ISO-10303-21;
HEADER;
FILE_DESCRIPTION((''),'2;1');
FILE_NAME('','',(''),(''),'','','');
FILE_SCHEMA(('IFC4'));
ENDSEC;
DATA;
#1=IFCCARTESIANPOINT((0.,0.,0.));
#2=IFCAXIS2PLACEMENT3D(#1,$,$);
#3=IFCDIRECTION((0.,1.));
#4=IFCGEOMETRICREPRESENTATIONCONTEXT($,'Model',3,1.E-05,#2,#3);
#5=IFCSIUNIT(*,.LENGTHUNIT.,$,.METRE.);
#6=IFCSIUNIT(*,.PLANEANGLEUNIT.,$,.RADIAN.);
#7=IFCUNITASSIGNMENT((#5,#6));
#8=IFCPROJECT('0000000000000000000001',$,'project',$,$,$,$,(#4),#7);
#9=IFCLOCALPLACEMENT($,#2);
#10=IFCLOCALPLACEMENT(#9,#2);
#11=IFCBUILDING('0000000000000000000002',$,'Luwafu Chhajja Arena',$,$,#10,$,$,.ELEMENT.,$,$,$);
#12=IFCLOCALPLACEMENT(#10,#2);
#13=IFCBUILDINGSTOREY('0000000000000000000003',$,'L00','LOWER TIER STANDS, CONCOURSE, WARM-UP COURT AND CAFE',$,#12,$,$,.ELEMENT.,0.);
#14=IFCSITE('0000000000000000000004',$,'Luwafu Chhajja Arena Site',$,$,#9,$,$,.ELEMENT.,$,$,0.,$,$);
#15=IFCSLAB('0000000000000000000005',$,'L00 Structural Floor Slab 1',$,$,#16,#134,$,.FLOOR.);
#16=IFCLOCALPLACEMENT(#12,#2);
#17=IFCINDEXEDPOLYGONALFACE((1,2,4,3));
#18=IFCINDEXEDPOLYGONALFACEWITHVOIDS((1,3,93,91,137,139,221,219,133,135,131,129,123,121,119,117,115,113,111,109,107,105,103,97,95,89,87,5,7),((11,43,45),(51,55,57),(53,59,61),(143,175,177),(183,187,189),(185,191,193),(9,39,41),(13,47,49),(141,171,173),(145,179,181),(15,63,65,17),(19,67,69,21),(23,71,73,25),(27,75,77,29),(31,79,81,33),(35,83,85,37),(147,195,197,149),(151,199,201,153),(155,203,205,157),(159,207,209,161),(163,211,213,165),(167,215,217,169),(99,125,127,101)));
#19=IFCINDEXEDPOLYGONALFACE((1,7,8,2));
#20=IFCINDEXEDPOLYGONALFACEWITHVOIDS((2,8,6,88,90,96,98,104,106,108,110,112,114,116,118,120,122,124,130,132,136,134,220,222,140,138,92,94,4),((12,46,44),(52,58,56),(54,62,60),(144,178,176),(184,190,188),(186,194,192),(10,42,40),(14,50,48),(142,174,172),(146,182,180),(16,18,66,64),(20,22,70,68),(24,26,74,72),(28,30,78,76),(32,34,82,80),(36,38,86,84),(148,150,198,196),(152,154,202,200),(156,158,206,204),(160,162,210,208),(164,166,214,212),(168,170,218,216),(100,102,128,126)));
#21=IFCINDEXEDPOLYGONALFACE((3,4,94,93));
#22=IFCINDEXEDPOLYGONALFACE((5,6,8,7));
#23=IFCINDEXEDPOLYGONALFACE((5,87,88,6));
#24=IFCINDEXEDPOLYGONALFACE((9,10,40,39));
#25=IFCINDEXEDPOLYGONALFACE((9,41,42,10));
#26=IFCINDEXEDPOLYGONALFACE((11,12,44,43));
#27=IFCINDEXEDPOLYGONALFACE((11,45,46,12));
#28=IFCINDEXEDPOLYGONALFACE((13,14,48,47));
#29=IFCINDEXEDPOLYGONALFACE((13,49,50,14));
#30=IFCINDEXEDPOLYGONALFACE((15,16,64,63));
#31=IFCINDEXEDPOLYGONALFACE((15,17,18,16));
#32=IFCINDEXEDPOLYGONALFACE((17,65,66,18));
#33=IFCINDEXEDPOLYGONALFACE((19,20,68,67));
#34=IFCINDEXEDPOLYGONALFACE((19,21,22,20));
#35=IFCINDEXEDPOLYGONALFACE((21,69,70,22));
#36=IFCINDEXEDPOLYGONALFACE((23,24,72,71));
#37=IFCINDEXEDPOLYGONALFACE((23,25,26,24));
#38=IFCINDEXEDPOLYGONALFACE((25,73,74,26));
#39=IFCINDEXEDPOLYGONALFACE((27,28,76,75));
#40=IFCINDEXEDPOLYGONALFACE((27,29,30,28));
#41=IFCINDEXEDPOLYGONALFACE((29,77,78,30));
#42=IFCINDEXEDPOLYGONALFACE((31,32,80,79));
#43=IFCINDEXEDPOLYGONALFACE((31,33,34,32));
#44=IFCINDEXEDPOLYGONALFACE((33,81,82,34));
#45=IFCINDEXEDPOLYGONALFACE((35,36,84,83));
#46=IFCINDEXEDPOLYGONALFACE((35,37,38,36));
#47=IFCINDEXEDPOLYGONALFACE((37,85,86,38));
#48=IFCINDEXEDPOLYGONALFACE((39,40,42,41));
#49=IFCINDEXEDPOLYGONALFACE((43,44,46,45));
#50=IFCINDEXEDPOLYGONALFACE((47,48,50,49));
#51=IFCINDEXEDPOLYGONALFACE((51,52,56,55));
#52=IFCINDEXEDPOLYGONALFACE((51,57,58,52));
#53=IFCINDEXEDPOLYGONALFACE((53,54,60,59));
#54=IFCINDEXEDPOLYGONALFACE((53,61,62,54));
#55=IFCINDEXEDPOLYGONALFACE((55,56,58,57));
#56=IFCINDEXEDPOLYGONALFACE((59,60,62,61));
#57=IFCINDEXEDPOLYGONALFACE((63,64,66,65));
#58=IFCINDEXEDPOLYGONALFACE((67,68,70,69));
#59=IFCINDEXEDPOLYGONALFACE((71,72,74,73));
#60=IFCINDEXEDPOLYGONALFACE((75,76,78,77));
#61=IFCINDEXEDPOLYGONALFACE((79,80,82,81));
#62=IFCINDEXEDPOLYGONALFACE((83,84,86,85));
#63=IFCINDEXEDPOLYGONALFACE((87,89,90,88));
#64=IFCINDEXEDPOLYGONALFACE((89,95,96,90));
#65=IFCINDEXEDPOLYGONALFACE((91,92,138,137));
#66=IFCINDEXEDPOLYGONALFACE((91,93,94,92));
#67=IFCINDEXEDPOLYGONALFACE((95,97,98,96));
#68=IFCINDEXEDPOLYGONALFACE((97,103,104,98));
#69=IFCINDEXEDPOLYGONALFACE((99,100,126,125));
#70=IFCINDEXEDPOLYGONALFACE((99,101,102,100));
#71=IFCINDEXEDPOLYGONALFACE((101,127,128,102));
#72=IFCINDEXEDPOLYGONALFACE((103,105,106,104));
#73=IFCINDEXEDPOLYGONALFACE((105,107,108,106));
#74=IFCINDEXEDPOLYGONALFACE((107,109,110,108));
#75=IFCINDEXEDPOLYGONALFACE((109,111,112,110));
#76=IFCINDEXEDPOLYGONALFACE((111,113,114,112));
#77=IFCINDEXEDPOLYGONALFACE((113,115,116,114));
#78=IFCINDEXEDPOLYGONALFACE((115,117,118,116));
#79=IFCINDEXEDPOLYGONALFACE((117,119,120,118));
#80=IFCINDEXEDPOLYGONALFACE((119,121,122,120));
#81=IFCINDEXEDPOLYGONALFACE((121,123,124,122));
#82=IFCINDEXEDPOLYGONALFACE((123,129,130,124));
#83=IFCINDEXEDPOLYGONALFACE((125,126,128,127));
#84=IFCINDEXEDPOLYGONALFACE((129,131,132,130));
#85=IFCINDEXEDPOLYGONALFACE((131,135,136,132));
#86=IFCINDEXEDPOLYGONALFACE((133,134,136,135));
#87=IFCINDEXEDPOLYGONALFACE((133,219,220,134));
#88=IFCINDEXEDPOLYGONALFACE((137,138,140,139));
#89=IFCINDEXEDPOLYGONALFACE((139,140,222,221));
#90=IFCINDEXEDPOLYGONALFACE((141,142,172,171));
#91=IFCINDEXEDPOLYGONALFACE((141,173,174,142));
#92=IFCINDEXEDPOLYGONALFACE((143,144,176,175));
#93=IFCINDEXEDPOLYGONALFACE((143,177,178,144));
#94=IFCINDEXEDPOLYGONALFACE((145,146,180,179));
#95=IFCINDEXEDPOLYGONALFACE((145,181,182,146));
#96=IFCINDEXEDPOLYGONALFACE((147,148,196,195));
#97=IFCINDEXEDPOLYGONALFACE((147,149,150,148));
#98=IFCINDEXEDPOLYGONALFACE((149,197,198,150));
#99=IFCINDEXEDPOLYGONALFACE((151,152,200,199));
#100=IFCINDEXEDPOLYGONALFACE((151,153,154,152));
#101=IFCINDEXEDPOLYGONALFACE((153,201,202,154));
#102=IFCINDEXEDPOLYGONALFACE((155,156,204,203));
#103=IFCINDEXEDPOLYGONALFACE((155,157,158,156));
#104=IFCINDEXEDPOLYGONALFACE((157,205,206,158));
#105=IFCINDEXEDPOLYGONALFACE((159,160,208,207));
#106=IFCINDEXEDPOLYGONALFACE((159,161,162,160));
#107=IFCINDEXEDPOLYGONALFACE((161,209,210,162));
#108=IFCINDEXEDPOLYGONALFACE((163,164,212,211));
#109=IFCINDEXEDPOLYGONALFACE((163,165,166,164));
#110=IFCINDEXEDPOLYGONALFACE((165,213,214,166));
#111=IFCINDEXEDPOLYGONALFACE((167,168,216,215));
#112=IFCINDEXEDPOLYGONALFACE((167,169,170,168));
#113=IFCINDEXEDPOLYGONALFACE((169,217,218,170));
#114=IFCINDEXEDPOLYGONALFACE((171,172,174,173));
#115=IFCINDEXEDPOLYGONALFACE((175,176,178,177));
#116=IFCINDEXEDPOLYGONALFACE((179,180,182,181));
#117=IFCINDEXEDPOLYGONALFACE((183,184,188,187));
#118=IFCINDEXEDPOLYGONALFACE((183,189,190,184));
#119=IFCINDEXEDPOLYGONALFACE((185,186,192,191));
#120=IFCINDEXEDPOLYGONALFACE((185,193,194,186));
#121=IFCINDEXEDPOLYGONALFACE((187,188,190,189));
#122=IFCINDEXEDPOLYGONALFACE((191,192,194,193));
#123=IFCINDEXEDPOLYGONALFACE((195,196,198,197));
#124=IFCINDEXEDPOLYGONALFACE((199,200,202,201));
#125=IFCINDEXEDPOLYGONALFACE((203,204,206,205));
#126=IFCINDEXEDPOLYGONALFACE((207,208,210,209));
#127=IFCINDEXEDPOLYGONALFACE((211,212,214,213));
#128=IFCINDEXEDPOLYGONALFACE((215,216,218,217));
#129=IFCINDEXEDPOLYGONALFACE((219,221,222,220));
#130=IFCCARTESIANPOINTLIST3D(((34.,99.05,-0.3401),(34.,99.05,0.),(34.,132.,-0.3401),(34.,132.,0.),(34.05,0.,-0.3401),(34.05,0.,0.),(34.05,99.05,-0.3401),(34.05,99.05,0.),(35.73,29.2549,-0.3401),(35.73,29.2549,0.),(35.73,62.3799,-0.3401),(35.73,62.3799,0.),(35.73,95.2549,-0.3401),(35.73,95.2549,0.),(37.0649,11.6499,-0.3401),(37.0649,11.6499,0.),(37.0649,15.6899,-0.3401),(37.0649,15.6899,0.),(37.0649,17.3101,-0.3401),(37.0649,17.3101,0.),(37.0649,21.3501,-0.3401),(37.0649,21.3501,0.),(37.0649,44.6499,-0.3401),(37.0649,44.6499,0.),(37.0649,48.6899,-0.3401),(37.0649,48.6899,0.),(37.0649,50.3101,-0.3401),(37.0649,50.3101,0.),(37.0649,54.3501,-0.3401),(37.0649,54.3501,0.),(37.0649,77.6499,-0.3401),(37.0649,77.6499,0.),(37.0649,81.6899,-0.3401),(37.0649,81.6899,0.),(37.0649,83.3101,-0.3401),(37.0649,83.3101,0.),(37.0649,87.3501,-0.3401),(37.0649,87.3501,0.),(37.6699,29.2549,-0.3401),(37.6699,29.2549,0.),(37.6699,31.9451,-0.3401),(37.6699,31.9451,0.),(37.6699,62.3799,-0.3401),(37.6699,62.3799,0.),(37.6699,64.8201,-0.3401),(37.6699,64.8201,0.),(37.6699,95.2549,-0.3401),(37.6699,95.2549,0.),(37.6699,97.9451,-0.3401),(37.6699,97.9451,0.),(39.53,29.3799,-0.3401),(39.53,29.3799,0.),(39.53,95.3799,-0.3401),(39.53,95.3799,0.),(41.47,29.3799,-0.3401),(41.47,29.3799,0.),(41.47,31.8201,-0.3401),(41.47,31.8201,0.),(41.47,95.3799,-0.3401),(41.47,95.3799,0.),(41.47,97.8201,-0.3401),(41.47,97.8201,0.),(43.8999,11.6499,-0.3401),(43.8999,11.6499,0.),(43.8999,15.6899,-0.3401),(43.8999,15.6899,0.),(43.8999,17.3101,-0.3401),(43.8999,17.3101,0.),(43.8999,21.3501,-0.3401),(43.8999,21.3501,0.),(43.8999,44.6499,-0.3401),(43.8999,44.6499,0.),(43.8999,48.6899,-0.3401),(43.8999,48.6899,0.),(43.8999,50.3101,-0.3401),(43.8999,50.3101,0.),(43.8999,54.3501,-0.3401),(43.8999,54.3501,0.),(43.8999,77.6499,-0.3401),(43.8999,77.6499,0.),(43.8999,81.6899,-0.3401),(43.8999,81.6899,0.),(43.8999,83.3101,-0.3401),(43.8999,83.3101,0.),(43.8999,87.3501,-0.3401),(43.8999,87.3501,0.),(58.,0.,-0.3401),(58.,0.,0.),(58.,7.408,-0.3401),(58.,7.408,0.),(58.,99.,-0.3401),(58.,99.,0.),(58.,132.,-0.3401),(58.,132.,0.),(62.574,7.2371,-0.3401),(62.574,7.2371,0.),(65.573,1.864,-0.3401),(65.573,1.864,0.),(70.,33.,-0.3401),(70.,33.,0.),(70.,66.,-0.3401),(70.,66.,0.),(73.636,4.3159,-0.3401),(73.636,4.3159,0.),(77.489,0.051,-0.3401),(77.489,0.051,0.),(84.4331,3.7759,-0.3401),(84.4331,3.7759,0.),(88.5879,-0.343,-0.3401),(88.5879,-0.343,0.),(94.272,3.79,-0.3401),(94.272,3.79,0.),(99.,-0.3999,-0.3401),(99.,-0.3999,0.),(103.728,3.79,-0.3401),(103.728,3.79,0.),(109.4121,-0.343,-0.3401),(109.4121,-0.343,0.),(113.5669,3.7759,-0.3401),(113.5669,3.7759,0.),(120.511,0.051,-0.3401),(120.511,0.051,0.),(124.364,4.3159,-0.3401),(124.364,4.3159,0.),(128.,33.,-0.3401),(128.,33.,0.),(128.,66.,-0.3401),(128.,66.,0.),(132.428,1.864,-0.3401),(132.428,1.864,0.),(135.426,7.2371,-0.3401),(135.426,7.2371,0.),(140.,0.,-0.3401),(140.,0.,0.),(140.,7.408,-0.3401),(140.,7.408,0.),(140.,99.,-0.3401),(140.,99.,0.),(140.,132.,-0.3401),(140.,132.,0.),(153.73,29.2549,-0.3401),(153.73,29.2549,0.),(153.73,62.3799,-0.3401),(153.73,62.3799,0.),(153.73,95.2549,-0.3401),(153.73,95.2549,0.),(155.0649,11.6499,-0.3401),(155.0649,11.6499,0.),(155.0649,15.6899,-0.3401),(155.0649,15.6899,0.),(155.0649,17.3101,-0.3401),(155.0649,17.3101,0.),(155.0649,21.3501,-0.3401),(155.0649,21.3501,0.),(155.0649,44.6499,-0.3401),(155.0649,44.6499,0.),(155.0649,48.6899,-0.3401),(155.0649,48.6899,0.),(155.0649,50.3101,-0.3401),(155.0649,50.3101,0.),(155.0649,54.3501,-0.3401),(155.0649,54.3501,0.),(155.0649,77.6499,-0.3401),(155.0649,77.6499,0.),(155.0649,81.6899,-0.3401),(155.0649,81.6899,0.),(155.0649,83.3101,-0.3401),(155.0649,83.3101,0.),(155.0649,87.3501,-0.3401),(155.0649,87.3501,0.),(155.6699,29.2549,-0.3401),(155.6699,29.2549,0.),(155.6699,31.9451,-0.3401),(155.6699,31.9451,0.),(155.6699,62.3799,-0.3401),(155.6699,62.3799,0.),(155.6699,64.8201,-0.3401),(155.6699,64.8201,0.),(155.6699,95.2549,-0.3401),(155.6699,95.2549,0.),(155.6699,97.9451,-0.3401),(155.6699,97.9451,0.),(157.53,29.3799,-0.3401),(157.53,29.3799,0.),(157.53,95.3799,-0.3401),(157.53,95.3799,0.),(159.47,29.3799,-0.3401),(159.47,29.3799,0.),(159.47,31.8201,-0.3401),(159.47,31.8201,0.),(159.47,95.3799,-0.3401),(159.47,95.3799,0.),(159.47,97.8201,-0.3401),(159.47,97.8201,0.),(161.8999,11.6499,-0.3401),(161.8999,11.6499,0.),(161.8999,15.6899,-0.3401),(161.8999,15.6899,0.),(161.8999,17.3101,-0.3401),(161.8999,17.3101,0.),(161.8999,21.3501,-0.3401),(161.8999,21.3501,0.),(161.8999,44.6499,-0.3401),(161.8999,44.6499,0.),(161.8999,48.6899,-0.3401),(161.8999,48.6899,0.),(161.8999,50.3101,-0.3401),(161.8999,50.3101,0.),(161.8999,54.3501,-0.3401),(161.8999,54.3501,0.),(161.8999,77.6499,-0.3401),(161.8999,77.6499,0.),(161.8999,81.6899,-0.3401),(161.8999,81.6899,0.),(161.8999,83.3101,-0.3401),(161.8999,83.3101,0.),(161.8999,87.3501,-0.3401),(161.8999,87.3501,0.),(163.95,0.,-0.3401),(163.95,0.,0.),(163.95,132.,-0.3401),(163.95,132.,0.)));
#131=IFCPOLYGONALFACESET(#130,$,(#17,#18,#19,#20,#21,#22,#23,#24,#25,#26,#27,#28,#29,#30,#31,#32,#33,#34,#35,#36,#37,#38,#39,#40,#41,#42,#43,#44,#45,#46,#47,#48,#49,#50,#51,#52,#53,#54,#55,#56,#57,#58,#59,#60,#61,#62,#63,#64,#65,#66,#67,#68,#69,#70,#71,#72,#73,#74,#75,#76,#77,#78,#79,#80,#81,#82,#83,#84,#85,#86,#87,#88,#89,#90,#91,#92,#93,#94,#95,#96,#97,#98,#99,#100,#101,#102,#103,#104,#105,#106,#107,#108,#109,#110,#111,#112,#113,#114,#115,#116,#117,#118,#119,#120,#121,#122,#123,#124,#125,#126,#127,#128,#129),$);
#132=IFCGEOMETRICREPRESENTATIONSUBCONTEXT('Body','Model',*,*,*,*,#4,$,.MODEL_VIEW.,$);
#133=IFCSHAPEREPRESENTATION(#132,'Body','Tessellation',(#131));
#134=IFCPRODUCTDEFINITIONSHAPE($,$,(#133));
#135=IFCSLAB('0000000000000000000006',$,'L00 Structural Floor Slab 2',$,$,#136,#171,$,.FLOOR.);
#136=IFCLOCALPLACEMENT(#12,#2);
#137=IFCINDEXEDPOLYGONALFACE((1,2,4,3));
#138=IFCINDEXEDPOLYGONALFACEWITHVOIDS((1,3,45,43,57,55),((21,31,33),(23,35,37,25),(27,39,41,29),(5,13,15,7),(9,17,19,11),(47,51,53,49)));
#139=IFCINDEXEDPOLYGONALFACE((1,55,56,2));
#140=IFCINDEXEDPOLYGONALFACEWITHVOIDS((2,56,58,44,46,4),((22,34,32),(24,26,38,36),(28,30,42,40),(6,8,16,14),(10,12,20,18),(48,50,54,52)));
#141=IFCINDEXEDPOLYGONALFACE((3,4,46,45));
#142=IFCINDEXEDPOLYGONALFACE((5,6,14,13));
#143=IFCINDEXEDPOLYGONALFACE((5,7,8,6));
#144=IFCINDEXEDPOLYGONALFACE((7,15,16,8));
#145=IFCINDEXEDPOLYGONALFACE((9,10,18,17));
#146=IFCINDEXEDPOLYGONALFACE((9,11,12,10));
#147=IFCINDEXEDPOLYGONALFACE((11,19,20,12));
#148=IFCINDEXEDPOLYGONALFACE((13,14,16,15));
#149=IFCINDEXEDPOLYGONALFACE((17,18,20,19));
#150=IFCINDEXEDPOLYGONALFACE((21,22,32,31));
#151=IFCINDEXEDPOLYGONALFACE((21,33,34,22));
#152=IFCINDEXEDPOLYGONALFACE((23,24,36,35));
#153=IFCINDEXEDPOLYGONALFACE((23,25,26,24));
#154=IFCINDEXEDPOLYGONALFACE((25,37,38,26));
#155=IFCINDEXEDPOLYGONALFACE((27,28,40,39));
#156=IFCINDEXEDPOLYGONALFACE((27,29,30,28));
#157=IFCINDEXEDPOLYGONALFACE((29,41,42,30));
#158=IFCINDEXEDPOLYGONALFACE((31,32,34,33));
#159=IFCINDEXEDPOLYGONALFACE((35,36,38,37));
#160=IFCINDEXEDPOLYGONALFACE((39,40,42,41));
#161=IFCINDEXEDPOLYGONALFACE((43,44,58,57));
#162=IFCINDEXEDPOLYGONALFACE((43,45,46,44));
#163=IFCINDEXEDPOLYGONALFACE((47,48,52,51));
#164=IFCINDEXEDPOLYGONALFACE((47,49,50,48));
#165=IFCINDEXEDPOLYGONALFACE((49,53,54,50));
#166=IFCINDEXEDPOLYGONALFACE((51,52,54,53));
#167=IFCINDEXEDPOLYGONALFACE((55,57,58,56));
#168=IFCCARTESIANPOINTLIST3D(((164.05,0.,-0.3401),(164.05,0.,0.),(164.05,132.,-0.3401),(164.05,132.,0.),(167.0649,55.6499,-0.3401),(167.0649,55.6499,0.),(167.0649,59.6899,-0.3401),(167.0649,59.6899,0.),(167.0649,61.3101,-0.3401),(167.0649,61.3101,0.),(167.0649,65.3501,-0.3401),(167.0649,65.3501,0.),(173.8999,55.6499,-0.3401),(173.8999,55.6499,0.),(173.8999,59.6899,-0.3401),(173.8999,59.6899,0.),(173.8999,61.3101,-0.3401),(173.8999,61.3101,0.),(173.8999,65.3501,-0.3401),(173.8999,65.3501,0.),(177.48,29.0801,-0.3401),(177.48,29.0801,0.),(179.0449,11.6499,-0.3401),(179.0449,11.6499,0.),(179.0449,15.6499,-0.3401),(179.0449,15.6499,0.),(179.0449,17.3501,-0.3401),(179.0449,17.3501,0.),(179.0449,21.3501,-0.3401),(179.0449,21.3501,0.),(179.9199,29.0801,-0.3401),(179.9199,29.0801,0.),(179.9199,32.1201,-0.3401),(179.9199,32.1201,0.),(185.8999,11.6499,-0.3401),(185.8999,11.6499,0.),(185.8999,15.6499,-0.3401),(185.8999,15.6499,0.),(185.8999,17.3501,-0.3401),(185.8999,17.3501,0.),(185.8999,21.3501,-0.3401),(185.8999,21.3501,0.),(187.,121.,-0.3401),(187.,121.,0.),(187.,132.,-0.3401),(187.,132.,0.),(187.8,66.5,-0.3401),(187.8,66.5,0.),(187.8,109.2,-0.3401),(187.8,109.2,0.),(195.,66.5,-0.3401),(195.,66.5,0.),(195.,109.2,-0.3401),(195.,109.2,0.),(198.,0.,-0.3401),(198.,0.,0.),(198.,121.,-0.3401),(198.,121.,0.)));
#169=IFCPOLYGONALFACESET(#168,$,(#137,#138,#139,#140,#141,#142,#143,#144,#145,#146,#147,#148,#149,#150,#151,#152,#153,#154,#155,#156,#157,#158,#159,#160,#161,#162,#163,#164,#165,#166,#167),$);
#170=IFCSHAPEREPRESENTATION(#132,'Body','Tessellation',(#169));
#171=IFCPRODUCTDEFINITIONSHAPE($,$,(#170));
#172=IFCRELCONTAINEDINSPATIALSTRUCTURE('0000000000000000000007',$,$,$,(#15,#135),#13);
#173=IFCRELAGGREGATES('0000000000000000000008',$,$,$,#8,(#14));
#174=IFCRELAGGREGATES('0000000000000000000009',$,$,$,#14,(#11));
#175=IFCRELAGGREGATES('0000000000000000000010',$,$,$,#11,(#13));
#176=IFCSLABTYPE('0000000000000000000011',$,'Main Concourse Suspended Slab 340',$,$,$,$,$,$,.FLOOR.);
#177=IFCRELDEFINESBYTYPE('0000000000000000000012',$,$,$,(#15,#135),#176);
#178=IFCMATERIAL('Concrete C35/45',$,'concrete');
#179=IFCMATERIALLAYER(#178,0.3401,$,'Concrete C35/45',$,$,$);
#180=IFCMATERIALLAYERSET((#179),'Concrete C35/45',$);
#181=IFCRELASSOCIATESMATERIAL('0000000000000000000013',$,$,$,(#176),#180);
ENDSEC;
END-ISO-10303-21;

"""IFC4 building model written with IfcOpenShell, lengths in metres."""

from ifc_helpers import new_model, si_unit, direction, frame, origin, place, context, subcontext, project, spatial, polyline, outline, extrude, material, layer, layer_set, type_object, element, save


model = new_model("IFC4")

# Units and contexts
model_context = context("Model", 3, precision=1e-05, world=origin(), true_north=direction((0.0, 1.0)))
body_context = subcontext(model_context, "Body", "Model", "MODEL_VIEW")
ifc_project = project(units=[si_unit("LENGTHUNIT", "METRE"), si_unit("PLANEANGLEUNIT", "RADIAN")], contexts=[model_context])

# Site, building, storey
site_placement = place(None, origin())
site = spatial("IfcSite", under=ifc_project, at=site_placement, Name="Luwafu Chhajja Arena Site", CompositionType="ELEMENT", RefElevation=0.0)
building_placement = place(site_placement, origin())
building = spatial("IfcBuilding", under=site, at=building_placement, Name="Luwafu Chhajja Arena", CompositionType="ELEMENT")
storey_placement = place(building_placement, origin())
storey = spatial("IfcBuildingStorey", under=building, at=storey_placement, Name="L00", Description="LOWER TIER STANDS, CONCOURSE, WARM-UP COURT AND CAFE", CompositionType="ELEMENT", Elevation=0.0)

# Slabs
ifc_material_1 = material(Name="Concrete C35/45", Category="concrete")
ifc_layer_1 = layer(ifc_material_1, 0.3401, Name="Concrete C35/45")
ifc_layer_set_1 = layer_set([ifc_layer_1], Name="Concrete C35/45")
slab_type_1 = type_object("IfcSlabType", Name="Main Concourse Suspended Slab 340", PredefinedType="FLOOR", material=ifc_layer_set_1)
slab_1_placement = place(storey_placement, frame((0.0, 0.0, -0.3401)))
element("IfcSlab", 1, at=slab_1_placement, inside=storey, type_object=slab_type_1, Name="L00 Structural Floor Slab 1", PredefinedType="FLOOR", context=body_context, shape_type="SweptSolid", body=[
    extrude(outline(polyline([(58.0, 132.0), (58.0, 99.0), (140.0, 99.0), (140.0, 132.0), (163.95, 132.0), (163.95, 0.0), (140.0, 0.0), (140.0, 7.408), (135.426, 7.2371), (132.428, 1.864), (124.364, 4.3159), (120.511, 0.051), (113.5669, 3.7759), (109.4121, -0.343), (103.728, 3.79), (99.0, -0.3999), (94.272, 3.79), (88.5879, -0.343), (84.4331, 3.7759), (77.489, 0.051), (73.636, 4.3159), (65.573, 1.864), (62.574, 7.2371), (58.0, 7.408), (58.0, 0.0), (34.05, 0.0), (34.05, 99.05), (34.0, 99.05), (34.0, 132.0), (58.0, 132.0)]), holes=[polyline([(155.0649, 11.6499), (161.8999, 11.6499), (161.8999, 15.6899), (155.0649, 15.6899), (155.0649, 11.6499)]), polyline([(155.0649, 44.6499), (161.8999, 44.6499), (161.8999, 48.6899), (155.0649, 48.6899), (155.0649, 44.6499)]), polyline([(155.0649, 77.6499), (161.8999, 77.6499), (161.8999, 81.6899), (155.0649, 81.6899), (155.0649, 77.6499)]), polyline([(155.0649, 21.3501), (155.0649, 17.3101), (161.8999, 17.3101), (161.8999, 21.3501), (155.0649, 21.3501)]), polyline([(155.0649, 54.3501), (155.0649, 50.3101), (161.8999, 50.3101), (161.8999, 54.3501), (155.0649, 54.3501)]), polyline([(155.0649, 87.3501), (155.0649, 83.3101), (161.8999, 83.3101), (161.8999, 87.3501), (155.0649, 87.3501)]), polyline([(159.47, 31.8201), (157.53, 29.3799), (159.47, 29.3799), (159.47, 31.8201)]), polyline([(159.47, 95.3799), (159.47, 97.8201), (157.53, 95.3799), (159.47, 95.3799)]), polyline([(155.6699, 97.9451), (153.73, 95.2549), (155.6699, 95.2549), (155.6699, 97.9451)]), polyline([(155.6699, 64.8201), (153.73, 62.3799), (155.6699, 62.3799), (155.6699, 64.8201)]), polyline([(153.73, 29.2549), (155.6699, 29.2549), (155.6699, 31.9451), (153.73, 29.2549)]), polyline([(70.0, 33.0), (128.0, 33.0), (128.0, 66.0), (70.0, 66.0), (70.0, 33.0)]), polyline([(43.8999, 81.6899), (37.0649, 81.6899), (37.0649, 77.6499), (43.8999, 77.6499), (43.8999, 81.6899)]), polyline([(43.8999, 48.6899), (37.0649, 48.6899), (37.0649, 44.6499), (43.8999, 44.6499), (43.8999, 48.6899)]), polyline([(43.8999, 15.6899), (37.0649, 15.6899), (37.0649, 11.6499), (43.8999, 11.6499), (43.8999, 15.6899)]), polyline([(43.8999, 83.3101), (43.8999, 87.3501), (37.0649, 87.3501), (37.0649, 83.3101), (43.8999, 83.3101)]), polyline([(43.8999, 50.3101), (43.8999, 54.3501), (37.0649, 54.3501), (37.0649, 50.3101), (43.8999, 50.3101)]), polyline([(43.8999, 17.3101), (43.8999, 21.3501), (37.0649, 21.3501), (37.0649, 17.3101), (43.8999, 17.3101)]), polyline([(39.53, 95.3799), (41.47, 95.3799), (41.47, 97.8201), (39.53, 95.3799)]), polyline([(41.47, 29.3799), (41.47, 31.8201), (39.53, 29.3799), (41.47, 29.3799)]), polyline([(35.73, 62.3799), (37.6699, 62.3799), (37.6699, 64.8201), (35.73, 62.3799)]), polyline([(37.6699, 31.9451), (35.73, 29.2549), (37.6699, 29.2549), (37.6699, 31.9451)]), polyline([(37.6699, 95.2549), (37.6699, 97.9451), (35.73, 95.2549), (37.6699, 95.2549)])]), origin(), (0.0, 0.0, 1.0), 0.3401),
])
slab_2_placement = place(storey_placement, frame((0.0, 0.0, -0.3401)))
element("IfcSlab", 2, at=slab_2_placement, inside=storey, type_object=slab_type_1, Name="L00 Structural Floor Slab 2", PredefinedType="FLOOR", context=body_context, shape_type="SweptSolid", body=[
    extrude(outline(polyline([(187.0, 132.0), (187.0, 121.0), (198.0, 121.0), (198.0, 0.0), (164.05, 0.0), (164.05, 132.0), (187.0, 132.0)]), holes=[polyline([(195.0, 109.2), (187.8, 109.2), (187.8, 66.5), (195.0, 66.5), (195.0, 109.2)]), polyline([(179.0449, 21.3501), (179.0449, 17.3501), (185.8999, 17.3501), (185.8999, 21.3501), (179.0449, 21.3501)]), polyline([(179.0449, 11.6499), (185.8999, 11.6499), (185.8999, 15.6499), (179.0449, 15.6499), (179.0449, 11.6499)]), polyline([(177.48, 29.0801), (179.9199, 29.0801), (179.9199, 32.1201), (177.48, 29.0801)]), polyline([(167.0649, 65.3501), (167.0649, 61.3101), (173.8999, 61.3101), (173.8999, 65.3501), (167.0649, 65.3501)]), polyline([(167.0649, 55.6499), (173.8999, 55.6499), (173.8999, 59.6899), (167.0649, 59.6899), (167.0649, 55.6499)])]), origin(), (0.0, 0.0, 1.0), 0.3401),
])

save(model, "model.ifc")
